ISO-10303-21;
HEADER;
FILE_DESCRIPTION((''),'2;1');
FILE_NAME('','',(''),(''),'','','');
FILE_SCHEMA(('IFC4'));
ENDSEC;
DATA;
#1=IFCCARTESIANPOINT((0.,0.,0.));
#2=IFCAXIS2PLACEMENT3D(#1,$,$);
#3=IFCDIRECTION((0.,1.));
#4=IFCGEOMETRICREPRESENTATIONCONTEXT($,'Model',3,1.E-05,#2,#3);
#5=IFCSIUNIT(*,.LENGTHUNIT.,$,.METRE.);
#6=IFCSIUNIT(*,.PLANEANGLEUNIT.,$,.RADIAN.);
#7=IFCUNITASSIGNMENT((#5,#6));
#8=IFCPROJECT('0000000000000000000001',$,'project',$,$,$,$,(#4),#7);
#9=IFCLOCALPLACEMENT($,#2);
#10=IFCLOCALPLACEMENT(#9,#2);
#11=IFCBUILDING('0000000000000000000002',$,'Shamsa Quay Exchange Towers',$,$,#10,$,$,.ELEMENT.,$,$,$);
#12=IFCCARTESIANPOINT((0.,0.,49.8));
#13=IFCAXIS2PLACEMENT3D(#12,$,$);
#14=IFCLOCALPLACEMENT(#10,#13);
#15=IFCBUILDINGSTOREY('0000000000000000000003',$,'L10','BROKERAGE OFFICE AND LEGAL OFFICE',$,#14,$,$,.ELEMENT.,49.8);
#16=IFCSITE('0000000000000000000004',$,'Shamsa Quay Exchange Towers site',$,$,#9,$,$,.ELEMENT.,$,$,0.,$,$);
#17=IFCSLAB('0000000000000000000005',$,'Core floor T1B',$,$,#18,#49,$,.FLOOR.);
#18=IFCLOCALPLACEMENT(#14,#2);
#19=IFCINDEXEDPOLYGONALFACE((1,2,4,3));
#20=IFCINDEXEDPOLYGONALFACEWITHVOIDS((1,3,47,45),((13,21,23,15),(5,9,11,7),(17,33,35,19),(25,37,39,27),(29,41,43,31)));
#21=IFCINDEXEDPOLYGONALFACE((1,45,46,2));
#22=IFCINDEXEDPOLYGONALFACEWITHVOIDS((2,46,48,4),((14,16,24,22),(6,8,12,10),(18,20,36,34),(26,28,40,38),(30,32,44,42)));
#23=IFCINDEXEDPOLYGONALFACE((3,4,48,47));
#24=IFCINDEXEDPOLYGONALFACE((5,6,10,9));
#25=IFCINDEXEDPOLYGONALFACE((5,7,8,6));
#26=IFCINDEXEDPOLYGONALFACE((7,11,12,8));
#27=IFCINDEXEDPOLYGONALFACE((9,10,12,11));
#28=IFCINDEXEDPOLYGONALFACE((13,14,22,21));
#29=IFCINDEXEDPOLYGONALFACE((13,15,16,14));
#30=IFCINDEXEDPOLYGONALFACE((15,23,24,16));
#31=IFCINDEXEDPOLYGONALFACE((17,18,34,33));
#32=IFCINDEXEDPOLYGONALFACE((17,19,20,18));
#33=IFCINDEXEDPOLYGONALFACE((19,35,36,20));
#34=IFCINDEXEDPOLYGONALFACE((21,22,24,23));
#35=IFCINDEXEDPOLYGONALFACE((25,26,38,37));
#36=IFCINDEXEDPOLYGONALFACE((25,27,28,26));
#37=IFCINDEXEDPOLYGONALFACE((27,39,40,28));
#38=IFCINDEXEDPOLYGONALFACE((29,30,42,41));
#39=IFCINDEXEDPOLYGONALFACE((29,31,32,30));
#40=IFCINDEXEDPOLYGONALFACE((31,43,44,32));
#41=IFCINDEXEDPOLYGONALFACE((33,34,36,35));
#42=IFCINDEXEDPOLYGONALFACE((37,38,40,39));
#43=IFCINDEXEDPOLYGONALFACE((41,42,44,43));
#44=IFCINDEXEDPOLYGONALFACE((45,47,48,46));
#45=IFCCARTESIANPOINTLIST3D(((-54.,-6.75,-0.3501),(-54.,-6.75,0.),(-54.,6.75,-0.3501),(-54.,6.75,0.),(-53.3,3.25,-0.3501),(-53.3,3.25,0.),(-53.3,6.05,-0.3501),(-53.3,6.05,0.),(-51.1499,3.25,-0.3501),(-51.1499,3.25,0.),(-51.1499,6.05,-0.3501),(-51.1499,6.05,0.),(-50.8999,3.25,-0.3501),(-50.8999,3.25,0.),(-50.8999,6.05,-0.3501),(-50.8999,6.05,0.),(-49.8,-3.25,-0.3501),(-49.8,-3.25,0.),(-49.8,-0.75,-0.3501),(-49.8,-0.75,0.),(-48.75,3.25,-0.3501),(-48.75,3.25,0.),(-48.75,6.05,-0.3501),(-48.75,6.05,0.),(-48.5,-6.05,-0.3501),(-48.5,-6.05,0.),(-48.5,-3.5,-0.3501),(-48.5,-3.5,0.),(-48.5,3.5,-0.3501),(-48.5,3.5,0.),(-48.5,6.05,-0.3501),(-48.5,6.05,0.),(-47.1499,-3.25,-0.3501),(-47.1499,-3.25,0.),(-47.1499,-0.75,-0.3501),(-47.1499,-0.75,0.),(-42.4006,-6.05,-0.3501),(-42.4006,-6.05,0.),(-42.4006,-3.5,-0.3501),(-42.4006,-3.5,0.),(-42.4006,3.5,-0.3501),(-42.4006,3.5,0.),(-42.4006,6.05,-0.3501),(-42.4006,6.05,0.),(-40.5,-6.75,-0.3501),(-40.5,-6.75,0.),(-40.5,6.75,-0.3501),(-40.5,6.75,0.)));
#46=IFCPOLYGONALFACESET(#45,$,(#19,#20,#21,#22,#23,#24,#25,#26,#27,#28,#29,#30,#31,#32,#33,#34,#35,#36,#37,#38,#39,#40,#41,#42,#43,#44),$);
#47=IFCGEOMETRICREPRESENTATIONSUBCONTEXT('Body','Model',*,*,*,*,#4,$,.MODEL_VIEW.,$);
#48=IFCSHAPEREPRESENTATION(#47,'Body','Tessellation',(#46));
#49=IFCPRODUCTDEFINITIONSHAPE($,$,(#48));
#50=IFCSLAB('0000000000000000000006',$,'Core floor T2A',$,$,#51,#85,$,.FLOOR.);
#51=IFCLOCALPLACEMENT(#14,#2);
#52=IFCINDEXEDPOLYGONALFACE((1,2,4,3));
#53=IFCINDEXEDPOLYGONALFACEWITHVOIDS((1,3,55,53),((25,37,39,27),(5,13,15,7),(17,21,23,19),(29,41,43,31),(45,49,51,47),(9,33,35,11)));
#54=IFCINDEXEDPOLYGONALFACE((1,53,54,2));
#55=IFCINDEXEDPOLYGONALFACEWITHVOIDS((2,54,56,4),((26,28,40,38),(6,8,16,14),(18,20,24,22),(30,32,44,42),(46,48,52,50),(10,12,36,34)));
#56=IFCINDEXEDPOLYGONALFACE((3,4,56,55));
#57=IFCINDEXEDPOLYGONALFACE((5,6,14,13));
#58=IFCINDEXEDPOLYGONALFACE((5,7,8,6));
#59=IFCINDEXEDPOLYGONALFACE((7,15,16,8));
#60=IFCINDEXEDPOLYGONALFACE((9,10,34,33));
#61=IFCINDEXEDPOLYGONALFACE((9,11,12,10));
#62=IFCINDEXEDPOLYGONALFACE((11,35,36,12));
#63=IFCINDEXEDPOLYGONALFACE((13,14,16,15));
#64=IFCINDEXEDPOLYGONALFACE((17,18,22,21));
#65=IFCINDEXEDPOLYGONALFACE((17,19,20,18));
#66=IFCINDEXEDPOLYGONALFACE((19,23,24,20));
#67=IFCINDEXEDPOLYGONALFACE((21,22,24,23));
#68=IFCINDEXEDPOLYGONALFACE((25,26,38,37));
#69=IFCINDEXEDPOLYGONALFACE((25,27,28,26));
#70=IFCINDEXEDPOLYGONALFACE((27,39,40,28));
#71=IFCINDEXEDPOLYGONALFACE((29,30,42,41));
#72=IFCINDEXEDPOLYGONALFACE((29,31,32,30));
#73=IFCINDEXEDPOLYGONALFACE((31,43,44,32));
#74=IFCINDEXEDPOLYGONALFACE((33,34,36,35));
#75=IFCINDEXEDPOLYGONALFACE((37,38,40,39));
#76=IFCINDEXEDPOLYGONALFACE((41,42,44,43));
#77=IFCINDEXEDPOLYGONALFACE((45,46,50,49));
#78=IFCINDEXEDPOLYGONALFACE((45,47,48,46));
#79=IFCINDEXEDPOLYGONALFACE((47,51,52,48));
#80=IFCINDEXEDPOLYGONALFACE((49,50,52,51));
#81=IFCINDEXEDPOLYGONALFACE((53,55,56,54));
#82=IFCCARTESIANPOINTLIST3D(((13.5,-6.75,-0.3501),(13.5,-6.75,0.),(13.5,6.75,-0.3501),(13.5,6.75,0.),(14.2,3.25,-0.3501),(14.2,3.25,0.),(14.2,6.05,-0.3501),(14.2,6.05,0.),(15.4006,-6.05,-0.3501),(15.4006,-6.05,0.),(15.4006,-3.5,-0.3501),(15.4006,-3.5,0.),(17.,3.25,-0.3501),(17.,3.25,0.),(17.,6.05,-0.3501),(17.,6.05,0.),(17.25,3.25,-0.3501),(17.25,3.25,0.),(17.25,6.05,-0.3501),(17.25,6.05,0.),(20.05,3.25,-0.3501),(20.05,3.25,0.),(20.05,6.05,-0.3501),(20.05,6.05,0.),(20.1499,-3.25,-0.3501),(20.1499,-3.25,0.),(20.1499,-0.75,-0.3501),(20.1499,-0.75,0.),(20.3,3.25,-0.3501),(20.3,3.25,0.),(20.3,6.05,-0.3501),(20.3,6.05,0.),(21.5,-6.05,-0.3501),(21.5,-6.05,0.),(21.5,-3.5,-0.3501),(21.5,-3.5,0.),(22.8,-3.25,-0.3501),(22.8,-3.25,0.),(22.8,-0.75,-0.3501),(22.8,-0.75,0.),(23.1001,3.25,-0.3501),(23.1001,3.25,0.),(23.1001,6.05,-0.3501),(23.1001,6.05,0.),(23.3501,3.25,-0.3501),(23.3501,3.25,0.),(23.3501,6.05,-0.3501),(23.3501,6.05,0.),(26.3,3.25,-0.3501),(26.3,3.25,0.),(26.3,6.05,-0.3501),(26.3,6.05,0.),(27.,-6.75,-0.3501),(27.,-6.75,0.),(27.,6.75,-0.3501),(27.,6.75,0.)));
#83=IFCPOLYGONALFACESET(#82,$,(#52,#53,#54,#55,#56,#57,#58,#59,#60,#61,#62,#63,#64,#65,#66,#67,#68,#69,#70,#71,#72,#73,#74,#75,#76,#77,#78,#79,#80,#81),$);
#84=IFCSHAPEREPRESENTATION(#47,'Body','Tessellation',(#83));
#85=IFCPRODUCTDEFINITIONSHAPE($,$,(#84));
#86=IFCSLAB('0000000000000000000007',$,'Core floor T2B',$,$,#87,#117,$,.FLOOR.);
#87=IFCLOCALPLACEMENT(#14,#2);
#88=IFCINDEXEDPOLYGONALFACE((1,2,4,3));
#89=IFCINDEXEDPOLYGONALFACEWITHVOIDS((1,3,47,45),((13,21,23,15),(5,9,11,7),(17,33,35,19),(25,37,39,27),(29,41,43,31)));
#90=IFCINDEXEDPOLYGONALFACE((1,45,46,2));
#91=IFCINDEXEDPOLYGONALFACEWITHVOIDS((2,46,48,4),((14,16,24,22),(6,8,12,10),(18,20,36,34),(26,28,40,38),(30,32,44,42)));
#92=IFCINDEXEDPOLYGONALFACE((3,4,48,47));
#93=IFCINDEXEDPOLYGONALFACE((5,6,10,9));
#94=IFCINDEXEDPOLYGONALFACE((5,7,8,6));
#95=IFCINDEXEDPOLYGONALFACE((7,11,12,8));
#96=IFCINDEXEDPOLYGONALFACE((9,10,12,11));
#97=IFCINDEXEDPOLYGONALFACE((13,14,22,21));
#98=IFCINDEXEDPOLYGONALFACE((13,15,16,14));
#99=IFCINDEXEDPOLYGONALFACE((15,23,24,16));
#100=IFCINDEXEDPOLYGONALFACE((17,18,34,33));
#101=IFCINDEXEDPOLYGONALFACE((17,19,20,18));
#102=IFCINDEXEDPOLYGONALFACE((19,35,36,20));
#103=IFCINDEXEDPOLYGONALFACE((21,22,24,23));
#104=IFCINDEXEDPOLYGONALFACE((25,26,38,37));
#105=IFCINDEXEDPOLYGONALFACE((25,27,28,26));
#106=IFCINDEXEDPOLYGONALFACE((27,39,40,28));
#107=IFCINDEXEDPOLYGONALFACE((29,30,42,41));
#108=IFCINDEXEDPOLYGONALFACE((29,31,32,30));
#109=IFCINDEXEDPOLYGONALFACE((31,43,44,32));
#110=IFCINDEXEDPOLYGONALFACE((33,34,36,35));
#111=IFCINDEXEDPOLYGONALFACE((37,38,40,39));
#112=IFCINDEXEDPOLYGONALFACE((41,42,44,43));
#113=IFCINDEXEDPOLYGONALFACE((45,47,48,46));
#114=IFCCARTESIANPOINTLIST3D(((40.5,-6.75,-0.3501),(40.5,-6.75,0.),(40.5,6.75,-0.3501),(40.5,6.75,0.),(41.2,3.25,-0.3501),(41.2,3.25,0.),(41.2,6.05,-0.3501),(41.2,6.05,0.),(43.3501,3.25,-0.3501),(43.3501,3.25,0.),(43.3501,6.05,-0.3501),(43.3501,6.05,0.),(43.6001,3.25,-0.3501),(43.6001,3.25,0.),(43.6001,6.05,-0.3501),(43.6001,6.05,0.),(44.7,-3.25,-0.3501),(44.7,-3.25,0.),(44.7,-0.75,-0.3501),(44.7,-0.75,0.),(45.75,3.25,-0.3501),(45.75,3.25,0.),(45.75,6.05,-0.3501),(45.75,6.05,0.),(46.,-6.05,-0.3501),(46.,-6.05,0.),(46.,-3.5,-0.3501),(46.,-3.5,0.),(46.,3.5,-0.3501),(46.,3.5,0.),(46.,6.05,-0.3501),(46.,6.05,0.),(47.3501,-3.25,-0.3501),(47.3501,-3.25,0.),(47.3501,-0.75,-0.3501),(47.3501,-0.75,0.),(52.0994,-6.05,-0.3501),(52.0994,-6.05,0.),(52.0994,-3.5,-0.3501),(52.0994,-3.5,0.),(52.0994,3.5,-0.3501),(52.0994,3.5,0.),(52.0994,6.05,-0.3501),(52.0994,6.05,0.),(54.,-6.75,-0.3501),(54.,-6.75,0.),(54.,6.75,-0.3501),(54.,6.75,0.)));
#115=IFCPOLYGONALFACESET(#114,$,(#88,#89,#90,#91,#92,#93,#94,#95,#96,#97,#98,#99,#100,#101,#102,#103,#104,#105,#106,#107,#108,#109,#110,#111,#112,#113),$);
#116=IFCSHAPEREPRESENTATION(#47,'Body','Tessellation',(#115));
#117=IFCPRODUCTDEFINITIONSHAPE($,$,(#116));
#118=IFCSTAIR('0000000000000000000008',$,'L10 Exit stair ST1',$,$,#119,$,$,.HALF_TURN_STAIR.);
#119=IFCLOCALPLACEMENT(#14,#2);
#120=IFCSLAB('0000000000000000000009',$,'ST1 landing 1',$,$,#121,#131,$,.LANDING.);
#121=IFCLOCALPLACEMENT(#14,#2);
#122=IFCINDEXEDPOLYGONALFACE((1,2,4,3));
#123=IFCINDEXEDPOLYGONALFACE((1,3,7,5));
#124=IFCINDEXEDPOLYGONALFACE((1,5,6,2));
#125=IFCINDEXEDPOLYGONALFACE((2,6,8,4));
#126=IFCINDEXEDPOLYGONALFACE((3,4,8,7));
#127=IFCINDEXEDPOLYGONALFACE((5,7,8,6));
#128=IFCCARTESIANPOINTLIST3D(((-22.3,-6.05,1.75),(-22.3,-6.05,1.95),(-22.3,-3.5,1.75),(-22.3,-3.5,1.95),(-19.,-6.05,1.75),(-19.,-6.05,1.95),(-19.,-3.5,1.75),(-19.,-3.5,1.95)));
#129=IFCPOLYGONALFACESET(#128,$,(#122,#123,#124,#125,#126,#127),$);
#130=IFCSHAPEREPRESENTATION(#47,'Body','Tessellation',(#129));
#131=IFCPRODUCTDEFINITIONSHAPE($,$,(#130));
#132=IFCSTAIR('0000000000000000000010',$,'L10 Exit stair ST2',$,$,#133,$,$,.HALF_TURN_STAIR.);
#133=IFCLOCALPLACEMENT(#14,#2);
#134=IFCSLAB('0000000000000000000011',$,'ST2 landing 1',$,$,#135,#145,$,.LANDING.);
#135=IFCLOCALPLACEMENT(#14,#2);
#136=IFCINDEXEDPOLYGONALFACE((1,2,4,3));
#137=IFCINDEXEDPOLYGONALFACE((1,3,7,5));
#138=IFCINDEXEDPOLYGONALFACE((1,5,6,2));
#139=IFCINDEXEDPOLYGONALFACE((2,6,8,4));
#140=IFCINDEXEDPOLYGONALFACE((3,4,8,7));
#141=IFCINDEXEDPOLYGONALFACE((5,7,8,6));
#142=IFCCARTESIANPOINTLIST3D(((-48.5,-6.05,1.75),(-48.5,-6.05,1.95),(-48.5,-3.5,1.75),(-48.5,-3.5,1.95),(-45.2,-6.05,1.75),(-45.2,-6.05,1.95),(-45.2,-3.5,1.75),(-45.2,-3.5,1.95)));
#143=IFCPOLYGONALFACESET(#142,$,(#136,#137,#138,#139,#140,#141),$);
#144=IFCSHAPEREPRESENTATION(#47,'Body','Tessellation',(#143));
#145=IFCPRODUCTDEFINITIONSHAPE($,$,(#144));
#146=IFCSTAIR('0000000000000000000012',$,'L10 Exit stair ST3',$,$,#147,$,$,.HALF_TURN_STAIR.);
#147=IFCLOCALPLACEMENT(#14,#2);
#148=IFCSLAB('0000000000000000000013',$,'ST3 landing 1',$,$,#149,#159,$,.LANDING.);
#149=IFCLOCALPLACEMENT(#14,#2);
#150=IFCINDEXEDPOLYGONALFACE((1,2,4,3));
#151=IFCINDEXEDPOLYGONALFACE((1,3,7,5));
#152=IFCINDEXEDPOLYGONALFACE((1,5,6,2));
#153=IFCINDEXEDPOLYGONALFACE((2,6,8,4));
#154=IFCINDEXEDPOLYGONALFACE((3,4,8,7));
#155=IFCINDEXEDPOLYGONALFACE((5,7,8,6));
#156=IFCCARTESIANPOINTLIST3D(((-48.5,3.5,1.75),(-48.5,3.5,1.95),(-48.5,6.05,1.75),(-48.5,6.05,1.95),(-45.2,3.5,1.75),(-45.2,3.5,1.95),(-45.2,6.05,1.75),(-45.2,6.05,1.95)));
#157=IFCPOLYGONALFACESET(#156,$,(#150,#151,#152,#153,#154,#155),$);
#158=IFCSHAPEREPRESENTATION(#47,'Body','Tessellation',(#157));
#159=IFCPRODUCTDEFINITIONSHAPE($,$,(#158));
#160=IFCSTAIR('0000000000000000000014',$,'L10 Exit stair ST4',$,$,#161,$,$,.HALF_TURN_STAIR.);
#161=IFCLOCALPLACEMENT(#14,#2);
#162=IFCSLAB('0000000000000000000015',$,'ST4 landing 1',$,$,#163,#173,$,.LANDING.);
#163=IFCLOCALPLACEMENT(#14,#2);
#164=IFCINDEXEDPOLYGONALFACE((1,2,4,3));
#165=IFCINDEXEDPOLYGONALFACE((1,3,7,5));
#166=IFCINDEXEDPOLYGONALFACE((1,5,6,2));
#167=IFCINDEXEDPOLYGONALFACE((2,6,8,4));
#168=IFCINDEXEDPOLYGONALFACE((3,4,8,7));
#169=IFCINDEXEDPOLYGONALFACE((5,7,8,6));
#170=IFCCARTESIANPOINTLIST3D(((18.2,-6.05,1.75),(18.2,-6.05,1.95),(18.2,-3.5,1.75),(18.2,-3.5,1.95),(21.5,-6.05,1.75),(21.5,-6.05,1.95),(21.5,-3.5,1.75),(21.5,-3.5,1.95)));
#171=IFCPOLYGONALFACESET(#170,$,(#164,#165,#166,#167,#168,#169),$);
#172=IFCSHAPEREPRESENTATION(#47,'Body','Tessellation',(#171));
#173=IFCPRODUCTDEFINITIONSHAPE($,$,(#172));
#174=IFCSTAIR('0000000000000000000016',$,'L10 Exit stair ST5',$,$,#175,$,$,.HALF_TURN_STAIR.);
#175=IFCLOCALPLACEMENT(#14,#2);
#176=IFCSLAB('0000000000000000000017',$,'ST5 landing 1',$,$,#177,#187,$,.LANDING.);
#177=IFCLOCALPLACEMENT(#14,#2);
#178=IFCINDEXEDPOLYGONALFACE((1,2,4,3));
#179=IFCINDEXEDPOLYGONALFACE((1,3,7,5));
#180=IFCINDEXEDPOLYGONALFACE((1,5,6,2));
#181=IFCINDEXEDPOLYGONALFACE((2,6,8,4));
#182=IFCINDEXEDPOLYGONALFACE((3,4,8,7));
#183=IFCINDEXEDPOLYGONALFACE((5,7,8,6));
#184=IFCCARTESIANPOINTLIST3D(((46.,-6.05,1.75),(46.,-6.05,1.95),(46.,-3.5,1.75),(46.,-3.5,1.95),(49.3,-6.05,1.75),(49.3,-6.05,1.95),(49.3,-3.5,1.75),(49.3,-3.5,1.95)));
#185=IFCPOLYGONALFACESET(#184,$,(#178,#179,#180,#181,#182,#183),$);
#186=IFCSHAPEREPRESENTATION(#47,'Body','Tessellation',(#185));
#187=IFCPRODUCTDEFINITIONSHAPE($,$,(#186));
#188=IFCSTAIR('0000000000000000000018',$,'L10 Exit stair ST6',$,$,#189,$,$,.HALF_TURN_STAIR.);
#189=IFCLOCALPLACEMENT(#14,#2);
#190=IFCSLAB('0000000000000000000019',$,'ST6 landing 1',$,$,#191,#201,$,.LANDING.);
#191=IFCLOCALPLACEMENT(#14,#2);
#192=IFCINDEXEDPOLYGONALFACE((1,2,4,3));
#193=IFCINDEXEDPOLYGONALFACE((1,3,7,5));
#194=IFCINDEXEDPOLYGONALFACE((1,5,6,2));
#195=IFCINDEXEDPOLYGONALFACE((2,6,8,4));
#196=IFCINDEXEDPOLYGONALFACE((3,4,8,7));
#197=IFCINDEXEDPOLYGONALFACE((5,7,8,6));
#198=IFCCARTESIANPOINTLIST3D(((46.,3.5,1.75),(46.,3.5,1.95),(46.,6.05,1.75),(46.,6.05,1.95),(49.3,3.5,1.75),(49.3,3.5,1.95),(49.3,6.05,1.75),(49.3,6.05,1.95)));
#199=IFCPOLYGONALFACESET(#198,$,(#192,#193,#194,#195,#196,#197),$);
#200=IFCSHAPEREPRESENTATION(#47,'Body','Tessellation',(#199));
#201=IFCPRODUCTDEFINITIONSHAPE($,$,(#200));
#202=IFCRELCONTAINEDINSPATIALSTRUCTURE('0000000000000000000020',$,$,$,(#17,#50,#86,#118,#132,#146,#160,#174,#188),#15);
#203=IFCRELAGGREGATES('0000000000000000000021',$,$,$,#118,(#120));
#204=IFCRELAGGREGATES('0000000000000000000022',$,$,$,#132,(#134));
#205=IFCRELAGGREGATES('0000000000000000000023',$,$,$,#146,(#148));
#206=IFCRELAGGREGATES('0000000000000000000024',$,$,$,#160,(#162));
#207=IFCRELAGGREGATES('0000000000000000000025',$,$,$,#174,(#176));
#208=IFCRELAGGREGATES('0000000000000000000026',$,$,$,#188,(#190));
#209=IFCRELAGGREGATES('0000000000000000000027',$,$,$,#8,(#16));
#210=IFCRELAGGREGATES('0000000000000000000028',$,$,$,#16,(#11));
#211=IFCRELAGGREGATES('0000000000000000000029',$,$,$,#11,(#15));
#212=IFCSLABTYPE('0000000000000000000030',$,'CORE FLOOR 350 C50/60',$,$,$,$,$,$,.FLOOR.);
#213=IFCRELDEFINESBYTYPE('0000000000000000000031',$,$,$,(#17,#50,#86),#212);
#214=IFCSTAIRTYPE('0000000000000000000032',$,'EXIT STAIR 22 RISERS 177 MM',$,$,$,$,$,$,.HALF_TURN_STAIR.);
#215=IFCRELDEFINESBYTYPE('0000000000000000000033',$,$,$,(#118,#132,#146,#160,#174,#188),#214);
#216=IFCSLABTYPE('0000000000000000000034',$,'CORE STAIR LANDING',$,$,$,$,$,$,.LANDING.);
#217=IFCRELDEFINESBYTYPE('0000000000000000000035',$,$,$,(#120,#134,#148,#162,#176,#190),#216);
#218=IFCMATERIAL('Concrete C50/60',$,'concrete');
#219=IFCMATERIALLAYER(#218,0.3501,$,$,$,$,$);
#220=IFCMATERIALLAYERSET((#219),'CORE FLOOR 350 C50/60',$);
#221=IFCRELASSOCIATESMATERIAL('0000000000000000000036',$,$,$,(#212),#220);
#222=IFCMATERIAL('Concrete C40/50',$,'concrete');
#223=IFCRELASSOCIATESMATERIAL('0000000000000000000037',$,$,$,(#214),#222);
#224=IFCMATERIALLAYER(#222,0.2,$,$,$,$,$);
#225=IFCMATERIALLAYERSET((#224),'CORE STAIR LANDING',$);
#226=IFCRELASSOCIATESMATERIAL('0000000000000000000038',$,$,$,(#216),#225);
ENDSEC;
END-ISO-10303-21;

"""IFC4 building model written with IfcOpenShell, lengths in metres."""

from ifc_helpers import new_model, si_unit, direction, frame, origin, place, context, subcontext, project, spatial, polyline, outline, extrude, material, layer, layer_set, type_object, element, aggregate, save


model = new_model("IFC4")

# Units and contexts
model_context = context("Model", 3, precision=1e-05, world=origin(), true_north=direction((0.0, 1.0)))
body_context = subcontext(model_context, "Body", "Model", "MODEL_VIEW")
ifc_project = project(units=[si_unit("LENGTHUNIT", "METRE"), si_unit("PLANEANGLEUNIT", "RADIAN")], contexts=[model_context])

# Site, building, storey
site_placement = place(None, origin())
site = spatial("IfcSite", under=ifc_project, at=site_placement, Name="Shamsa Quay Exchange Towers site", CompositionType="ELEMENT", RefElevation=0.0)
building_placement = place(site_placement, origin())
building = spatial("IfcBuilding", under=site, at=building_placement, Name="Shamsa Quay Exchange Towers", CompositionType="ELEMENT")
storey_placement = place(building_placement, frame((0.0, 0.0, 49.8)))
storey = spatial("IfcBuildingStorey", under=building, at=storey_placement, Name="L10", Description="BROKERAGE OFFICE AND LEGAL OFFICE", CompositionType="ELEMENT", Elevation=49.8)

# Slabs
ifc_material_1 = material(Name="Concrete C50/60", Category="concrete")
ifc_layer_1 = layer(ifc_material_1, 0.3501)
ifc_layer_set_1 = layer_set([ifc_layer_1], Name="CORE FLOOR 350 C50/60")
slab_type_1 = type_object("IfcSlabType", Name="CORE FLOOR 350 C50/60", PredefinedType="FLOOR", material=ifc_layer_set_1)
slab_1_placement = place(storey_placement, frame((0.0, 0.0, -0.3501)))
element("IfcSlab", 1, at=slab_1_placement, inside=storey, type_object=slab_type_1, Name="Core floor T1B", PredefinedType="FLOOR", context=body_context, shape_type="SweptSolid", body=[
    extrude(outline(polyline([(-40.5, -6.75), (-40.5, 6.75), (-54.0, 6.75), (-54.0, -6.75), (-40.5, -6.75)]), holes=[polyline([(-42.4006, -3.5), (-42.4006, -6.05), (-48.5, -6.05), (-48.5, -3.5), (-42.4006, -3.5)]), polyline([(-42.4006, 6.05), (-42.4006, 3.5), (-48.5, 3.5), (-48.5, 6.05), (-42.4006, 6.05)]), polyline([(-48.75, 3.25), (-50.8999, 3.25), (-50.8999, 6.05), (-48.75, 6.05), (-48.75, 3.25)]), polyline([(-51.1499, 3.25), (-53.3, 3.25), (-53.3, 6.05), (-51.1499, 6.05), (-51.1499, 3.25)]), polyline([(-47.1499, -3.25), (-49.8, -3.25), (-49.8, -0.75), (-47.1499, -0.75), (-47.1499, -3.25)])]), origin(), (0.0, 0.0, 1.0), 0.3501),
])
slab_2_placement = place(storey_placement, frame((0.0, 0.0, -0.3501)))
element("IfcSlab", 2, at=slab_2_placement, inside=storey, type_object=slab_type_1, Name="Core floor T2A", PredefinedType="FLOOR", context=body_context, shape_type="SweptSolid", body=[
    extrude(outline(polyline([(13.5, -6.75), (27.0, -6.75), (27.0, 6.75), (13.5, 6.75), (13.5, -6.75)]), holes=[polyline([(15.4006, -6.05), (15.4006, -3.5), (21.5, -3.5), (21.5, -6.05), (15.4006, -6.05)]), polyline([(14.2, 3.25), (14.2, 6.05), (17.0, 6.05), (17.0, 3.25), (14.2, 3.25)]), polyline([(17.25, 3.25), (17.25, 6.05), (20.05, 6.05), (20.05, 3.25), (17.25, 3.25)]), polyline([(20.3, 3.25), (20.3, 6.05), (23.1001, 6.05), (23.1001, 3.25), (20.3, 3.25)]), polyline([(23.3501, 3.25), (23.3501, 6.05), (26.3, 6.05), (26.3, 3.25), (23.3501, 3.25)]), polyline([(20.1499, -3.25), (20.1499, -0.75), (22.8, -0.75), (22.8, -3.25), (20.1499, -3.25)])]), origin(), (0.0, 0.0, 1.0), 0.3501),
])
slab_3_placement = place(storey_placement, frame((0.0, 0.0, -0.3501)))
element("IfcSlab", 3, at=slab_3_placement, inside=storey, type_object=slab_type_1, Name="Core floor T2B", PredefinedType="FLOOR", context=body_context, shape_type="SweptSolid", body=[
    extrude(outline(polyline([(54.0, -6.75), (54.0, 6.75), (40.5, 6.75), (40.5, -6.75), (54.0, -6.75)]), holes=[polyline([(52.0994, -3.5), (52.0994, -6.05), (46.0, -6.05), (46.0, -3.5), (52.0994, -3.5)]), polyline([(52.0994, 6.05), (52.0994, 3.5), (46.0, 3.5), (46.0, 6.05), (52.0994, 6.05)]), polyline([(45.75, 3.25), (43.6001, 3.25), (43.6001, 6.05), (45.75, 6.05), (45.75, 3.25)]), polyline([(43.3501, 3.25), (41.2, 3.25), (41.2, 6.05), (43.3501, 6.05), (43.3501, 3.25)]), polyline([(47.3501, -3.25), (44.7, -3.25), (44.7, -0.75), (47.3501, -0.75), (47.3501, -3.25)])]), origin(), (0.0, 0.0, 1.0), 0.3501),
])

# Stairs, slabs
ifc_material_2 = material(Name="Concrete C40/50", Category="concrete")
stair_type = type_object("IfcStairType", Name="EXIT STAIR 22 RISERS 177 MM", PredefinedType="HALF_TURN_STAIR", material=ifc_material_2)
stair_1_placement = place(storey_placement, origin())
stair_1 = element("IfcStair", 4, at=stair_1_placement, inside=storey, type_object=stair_type, Name="L10 Exit stair ST1", PredefinedType="HALF_TURN_STAIR")
ifc_layer_2 = layer(ifc_material_2, 0.2)
ifc_layer_set_2 = layer_set([ifc_layer_2], Name="CORE STAIR LANDING")
slab_type_2 = type_object("IfcSlabType", Name="CORE STAIR LANDING", PredefinedType="LANDING", material=ifc_layer_set_2)
slab_4_placement = place(storey_placement, frame((0.0, 0.0, 1.75)))
slab_4 = element("IfcSlab", 5, at=slab_4_placement, type_object=slab_type_2, Name="ST1 landing 1", PredefinedType="LANDING", context=body_context, shape_type="SweptSolid", body=[
    extrude(outline(polyline([(-22.3, -6.05), (-19.0, -6.05), (-19.0, -3.5), (-22.3, -3.5), (-22.3, -6.05)])), origin(), (0.0, 0.0, 1.0), 0.2),
])
aggregate(stair_1, [slab_4])
stair_2_placement = place(storey_placement, origin())
stair_2 = element("IfcStair", 6, at=stair_2_placement, inside=storey, type_object=stair_type, Name="L10 Exit stair ST2", PredefinedType="HALF_TURN_STAIR")
slab_5_placement = place(storey_placement, frame((0.0, 0.0, 1.75)))
slab_5 = element("IfcSlab", 7, at=slab_5_placement, type_object=slab_type_2, Name="ST2 landing 1", PredefinedType="LANDING", context=body_context, shape_type="SweptSolid", body=[
    extrude(outline(polyline([(-45.2, -3.5), (-48.5, -3.5), (-48.5, -6.05), (-45.2, -6.05), (-45.2, -3.5)])), origin(), (0.0, 0.0, 1.0), 0.2),
])
aggregate(stair_2, [slab_5])
stair_3_placement = place(storey_placement, origin())
stair_3 = element("IfcStair", 8, at=stair_3_placement, inside=storey, type_object=stair_type, Name="L10 Exit stair ST3", PredefinedType="HALF_TURN_STAIR")
slab_6_placement = place(storey_placement, frame((0.0, 0.0, 1.75)))
slab_6 = element("IfcSlab", 9, at=slab_6_placement, type_object=slab_type_2, Name="ST3 landing 1", PredefinedType="LANDING", context=body_context, shape_type="SweptSolid", body=[
    extrude(outline(polyline([(-45.2, 6.05), (-48.5, 6.05), (-48.5, 3.5), (-45.2, 3.5), (-45.2, 6.05)])), origin(), (0.0, 0.0, 1.0), 0.2),
])
aggregate(stair_3, [slab_6])
stair_4_placement = place(storey_placement, origin())
stair_4 = element("IfcStair", 10, at=stair_4_placement, inside=storey, type_object=stair_type, Name="L10 Exit stair ST4", PredefinedType="HALF_TURN_STAIR")
slab_7_placement = place(storey_placement, frame((0.0, 0.0, 1.75)))
slab_7 = element("IfcSlab", 11, at=slab_7_placement, type_object=slab_type_2, Name="ST4 landing 1", PredefinedType="LANDING", context=body_context, shape_type="SweptSolid", body=[
    extrude(outline(polyline([(18.2, -6.05), (21.5, -6.05), (21.5, -3.5), (18.2, -3.5), (18.2, -6.05)])), origin(), (0.0, 0.0, 1.0), 0.2),
])
aggregate(stair_4, [slab_7])
stair_5_placement = place(storey_placement, origin())
stair_5 = element("IfcStair", 12, at=stair_5_placement, inside=storey, type_object=stair_type, Name="L10 Exit stair ST5", PredefinedType="HALF_TURN_STAIR")
slab_8_placement = place(storey_placement, frame((0.0, 0.0, 1.75)))
slab_8 = element("IfcSlab", 13, at=slab_8_placement, type_object=slab_type_2, Name="ST5 landing 1", PredefinedType="LANDING", context=body_context, shape_type="SweptSolid", body=[
    extrude(outline(polyline([(49.3, -3.5), (46.0, -3.5), (46.0, -6.05), (49.3, -6.05), (49.3, -3.5)])), origin(), (0.0, 0.0, 1.0), 0.2),
])
aggregate(stair_5, [slab_8])
stair_6_placement = place(storey_placement, origin())
stair_6 = element("IfcStair", 14, at=stair_6_placement, inside=storey, type_object=stair_type, Name="L10 Exit stair ST6", PredefinedType="HALF_TURN_STAIR")
slab_9_placement = place(storey_placement, frame((0.0, 0.0, 1.75)))
slab_9 = element("IfcSlab", 15, at=slab_9_placement, type_object=slab_type_2, Name="ST6 landing 1", PredefinedType="LANDING", context=body_context, shape_type="SweptSolid", body=[
    extrude(outline(polyline([(49.3, 6.05), (46.0, 6.05), (46.0, 3.5), (49.3, 3.5), (49.3, 6.05)])), origin(), (0.0, 0.0, 1.0), 0.2),
])
aggregate(stair_6, [slab_9])

save(model, "model.ifc")
